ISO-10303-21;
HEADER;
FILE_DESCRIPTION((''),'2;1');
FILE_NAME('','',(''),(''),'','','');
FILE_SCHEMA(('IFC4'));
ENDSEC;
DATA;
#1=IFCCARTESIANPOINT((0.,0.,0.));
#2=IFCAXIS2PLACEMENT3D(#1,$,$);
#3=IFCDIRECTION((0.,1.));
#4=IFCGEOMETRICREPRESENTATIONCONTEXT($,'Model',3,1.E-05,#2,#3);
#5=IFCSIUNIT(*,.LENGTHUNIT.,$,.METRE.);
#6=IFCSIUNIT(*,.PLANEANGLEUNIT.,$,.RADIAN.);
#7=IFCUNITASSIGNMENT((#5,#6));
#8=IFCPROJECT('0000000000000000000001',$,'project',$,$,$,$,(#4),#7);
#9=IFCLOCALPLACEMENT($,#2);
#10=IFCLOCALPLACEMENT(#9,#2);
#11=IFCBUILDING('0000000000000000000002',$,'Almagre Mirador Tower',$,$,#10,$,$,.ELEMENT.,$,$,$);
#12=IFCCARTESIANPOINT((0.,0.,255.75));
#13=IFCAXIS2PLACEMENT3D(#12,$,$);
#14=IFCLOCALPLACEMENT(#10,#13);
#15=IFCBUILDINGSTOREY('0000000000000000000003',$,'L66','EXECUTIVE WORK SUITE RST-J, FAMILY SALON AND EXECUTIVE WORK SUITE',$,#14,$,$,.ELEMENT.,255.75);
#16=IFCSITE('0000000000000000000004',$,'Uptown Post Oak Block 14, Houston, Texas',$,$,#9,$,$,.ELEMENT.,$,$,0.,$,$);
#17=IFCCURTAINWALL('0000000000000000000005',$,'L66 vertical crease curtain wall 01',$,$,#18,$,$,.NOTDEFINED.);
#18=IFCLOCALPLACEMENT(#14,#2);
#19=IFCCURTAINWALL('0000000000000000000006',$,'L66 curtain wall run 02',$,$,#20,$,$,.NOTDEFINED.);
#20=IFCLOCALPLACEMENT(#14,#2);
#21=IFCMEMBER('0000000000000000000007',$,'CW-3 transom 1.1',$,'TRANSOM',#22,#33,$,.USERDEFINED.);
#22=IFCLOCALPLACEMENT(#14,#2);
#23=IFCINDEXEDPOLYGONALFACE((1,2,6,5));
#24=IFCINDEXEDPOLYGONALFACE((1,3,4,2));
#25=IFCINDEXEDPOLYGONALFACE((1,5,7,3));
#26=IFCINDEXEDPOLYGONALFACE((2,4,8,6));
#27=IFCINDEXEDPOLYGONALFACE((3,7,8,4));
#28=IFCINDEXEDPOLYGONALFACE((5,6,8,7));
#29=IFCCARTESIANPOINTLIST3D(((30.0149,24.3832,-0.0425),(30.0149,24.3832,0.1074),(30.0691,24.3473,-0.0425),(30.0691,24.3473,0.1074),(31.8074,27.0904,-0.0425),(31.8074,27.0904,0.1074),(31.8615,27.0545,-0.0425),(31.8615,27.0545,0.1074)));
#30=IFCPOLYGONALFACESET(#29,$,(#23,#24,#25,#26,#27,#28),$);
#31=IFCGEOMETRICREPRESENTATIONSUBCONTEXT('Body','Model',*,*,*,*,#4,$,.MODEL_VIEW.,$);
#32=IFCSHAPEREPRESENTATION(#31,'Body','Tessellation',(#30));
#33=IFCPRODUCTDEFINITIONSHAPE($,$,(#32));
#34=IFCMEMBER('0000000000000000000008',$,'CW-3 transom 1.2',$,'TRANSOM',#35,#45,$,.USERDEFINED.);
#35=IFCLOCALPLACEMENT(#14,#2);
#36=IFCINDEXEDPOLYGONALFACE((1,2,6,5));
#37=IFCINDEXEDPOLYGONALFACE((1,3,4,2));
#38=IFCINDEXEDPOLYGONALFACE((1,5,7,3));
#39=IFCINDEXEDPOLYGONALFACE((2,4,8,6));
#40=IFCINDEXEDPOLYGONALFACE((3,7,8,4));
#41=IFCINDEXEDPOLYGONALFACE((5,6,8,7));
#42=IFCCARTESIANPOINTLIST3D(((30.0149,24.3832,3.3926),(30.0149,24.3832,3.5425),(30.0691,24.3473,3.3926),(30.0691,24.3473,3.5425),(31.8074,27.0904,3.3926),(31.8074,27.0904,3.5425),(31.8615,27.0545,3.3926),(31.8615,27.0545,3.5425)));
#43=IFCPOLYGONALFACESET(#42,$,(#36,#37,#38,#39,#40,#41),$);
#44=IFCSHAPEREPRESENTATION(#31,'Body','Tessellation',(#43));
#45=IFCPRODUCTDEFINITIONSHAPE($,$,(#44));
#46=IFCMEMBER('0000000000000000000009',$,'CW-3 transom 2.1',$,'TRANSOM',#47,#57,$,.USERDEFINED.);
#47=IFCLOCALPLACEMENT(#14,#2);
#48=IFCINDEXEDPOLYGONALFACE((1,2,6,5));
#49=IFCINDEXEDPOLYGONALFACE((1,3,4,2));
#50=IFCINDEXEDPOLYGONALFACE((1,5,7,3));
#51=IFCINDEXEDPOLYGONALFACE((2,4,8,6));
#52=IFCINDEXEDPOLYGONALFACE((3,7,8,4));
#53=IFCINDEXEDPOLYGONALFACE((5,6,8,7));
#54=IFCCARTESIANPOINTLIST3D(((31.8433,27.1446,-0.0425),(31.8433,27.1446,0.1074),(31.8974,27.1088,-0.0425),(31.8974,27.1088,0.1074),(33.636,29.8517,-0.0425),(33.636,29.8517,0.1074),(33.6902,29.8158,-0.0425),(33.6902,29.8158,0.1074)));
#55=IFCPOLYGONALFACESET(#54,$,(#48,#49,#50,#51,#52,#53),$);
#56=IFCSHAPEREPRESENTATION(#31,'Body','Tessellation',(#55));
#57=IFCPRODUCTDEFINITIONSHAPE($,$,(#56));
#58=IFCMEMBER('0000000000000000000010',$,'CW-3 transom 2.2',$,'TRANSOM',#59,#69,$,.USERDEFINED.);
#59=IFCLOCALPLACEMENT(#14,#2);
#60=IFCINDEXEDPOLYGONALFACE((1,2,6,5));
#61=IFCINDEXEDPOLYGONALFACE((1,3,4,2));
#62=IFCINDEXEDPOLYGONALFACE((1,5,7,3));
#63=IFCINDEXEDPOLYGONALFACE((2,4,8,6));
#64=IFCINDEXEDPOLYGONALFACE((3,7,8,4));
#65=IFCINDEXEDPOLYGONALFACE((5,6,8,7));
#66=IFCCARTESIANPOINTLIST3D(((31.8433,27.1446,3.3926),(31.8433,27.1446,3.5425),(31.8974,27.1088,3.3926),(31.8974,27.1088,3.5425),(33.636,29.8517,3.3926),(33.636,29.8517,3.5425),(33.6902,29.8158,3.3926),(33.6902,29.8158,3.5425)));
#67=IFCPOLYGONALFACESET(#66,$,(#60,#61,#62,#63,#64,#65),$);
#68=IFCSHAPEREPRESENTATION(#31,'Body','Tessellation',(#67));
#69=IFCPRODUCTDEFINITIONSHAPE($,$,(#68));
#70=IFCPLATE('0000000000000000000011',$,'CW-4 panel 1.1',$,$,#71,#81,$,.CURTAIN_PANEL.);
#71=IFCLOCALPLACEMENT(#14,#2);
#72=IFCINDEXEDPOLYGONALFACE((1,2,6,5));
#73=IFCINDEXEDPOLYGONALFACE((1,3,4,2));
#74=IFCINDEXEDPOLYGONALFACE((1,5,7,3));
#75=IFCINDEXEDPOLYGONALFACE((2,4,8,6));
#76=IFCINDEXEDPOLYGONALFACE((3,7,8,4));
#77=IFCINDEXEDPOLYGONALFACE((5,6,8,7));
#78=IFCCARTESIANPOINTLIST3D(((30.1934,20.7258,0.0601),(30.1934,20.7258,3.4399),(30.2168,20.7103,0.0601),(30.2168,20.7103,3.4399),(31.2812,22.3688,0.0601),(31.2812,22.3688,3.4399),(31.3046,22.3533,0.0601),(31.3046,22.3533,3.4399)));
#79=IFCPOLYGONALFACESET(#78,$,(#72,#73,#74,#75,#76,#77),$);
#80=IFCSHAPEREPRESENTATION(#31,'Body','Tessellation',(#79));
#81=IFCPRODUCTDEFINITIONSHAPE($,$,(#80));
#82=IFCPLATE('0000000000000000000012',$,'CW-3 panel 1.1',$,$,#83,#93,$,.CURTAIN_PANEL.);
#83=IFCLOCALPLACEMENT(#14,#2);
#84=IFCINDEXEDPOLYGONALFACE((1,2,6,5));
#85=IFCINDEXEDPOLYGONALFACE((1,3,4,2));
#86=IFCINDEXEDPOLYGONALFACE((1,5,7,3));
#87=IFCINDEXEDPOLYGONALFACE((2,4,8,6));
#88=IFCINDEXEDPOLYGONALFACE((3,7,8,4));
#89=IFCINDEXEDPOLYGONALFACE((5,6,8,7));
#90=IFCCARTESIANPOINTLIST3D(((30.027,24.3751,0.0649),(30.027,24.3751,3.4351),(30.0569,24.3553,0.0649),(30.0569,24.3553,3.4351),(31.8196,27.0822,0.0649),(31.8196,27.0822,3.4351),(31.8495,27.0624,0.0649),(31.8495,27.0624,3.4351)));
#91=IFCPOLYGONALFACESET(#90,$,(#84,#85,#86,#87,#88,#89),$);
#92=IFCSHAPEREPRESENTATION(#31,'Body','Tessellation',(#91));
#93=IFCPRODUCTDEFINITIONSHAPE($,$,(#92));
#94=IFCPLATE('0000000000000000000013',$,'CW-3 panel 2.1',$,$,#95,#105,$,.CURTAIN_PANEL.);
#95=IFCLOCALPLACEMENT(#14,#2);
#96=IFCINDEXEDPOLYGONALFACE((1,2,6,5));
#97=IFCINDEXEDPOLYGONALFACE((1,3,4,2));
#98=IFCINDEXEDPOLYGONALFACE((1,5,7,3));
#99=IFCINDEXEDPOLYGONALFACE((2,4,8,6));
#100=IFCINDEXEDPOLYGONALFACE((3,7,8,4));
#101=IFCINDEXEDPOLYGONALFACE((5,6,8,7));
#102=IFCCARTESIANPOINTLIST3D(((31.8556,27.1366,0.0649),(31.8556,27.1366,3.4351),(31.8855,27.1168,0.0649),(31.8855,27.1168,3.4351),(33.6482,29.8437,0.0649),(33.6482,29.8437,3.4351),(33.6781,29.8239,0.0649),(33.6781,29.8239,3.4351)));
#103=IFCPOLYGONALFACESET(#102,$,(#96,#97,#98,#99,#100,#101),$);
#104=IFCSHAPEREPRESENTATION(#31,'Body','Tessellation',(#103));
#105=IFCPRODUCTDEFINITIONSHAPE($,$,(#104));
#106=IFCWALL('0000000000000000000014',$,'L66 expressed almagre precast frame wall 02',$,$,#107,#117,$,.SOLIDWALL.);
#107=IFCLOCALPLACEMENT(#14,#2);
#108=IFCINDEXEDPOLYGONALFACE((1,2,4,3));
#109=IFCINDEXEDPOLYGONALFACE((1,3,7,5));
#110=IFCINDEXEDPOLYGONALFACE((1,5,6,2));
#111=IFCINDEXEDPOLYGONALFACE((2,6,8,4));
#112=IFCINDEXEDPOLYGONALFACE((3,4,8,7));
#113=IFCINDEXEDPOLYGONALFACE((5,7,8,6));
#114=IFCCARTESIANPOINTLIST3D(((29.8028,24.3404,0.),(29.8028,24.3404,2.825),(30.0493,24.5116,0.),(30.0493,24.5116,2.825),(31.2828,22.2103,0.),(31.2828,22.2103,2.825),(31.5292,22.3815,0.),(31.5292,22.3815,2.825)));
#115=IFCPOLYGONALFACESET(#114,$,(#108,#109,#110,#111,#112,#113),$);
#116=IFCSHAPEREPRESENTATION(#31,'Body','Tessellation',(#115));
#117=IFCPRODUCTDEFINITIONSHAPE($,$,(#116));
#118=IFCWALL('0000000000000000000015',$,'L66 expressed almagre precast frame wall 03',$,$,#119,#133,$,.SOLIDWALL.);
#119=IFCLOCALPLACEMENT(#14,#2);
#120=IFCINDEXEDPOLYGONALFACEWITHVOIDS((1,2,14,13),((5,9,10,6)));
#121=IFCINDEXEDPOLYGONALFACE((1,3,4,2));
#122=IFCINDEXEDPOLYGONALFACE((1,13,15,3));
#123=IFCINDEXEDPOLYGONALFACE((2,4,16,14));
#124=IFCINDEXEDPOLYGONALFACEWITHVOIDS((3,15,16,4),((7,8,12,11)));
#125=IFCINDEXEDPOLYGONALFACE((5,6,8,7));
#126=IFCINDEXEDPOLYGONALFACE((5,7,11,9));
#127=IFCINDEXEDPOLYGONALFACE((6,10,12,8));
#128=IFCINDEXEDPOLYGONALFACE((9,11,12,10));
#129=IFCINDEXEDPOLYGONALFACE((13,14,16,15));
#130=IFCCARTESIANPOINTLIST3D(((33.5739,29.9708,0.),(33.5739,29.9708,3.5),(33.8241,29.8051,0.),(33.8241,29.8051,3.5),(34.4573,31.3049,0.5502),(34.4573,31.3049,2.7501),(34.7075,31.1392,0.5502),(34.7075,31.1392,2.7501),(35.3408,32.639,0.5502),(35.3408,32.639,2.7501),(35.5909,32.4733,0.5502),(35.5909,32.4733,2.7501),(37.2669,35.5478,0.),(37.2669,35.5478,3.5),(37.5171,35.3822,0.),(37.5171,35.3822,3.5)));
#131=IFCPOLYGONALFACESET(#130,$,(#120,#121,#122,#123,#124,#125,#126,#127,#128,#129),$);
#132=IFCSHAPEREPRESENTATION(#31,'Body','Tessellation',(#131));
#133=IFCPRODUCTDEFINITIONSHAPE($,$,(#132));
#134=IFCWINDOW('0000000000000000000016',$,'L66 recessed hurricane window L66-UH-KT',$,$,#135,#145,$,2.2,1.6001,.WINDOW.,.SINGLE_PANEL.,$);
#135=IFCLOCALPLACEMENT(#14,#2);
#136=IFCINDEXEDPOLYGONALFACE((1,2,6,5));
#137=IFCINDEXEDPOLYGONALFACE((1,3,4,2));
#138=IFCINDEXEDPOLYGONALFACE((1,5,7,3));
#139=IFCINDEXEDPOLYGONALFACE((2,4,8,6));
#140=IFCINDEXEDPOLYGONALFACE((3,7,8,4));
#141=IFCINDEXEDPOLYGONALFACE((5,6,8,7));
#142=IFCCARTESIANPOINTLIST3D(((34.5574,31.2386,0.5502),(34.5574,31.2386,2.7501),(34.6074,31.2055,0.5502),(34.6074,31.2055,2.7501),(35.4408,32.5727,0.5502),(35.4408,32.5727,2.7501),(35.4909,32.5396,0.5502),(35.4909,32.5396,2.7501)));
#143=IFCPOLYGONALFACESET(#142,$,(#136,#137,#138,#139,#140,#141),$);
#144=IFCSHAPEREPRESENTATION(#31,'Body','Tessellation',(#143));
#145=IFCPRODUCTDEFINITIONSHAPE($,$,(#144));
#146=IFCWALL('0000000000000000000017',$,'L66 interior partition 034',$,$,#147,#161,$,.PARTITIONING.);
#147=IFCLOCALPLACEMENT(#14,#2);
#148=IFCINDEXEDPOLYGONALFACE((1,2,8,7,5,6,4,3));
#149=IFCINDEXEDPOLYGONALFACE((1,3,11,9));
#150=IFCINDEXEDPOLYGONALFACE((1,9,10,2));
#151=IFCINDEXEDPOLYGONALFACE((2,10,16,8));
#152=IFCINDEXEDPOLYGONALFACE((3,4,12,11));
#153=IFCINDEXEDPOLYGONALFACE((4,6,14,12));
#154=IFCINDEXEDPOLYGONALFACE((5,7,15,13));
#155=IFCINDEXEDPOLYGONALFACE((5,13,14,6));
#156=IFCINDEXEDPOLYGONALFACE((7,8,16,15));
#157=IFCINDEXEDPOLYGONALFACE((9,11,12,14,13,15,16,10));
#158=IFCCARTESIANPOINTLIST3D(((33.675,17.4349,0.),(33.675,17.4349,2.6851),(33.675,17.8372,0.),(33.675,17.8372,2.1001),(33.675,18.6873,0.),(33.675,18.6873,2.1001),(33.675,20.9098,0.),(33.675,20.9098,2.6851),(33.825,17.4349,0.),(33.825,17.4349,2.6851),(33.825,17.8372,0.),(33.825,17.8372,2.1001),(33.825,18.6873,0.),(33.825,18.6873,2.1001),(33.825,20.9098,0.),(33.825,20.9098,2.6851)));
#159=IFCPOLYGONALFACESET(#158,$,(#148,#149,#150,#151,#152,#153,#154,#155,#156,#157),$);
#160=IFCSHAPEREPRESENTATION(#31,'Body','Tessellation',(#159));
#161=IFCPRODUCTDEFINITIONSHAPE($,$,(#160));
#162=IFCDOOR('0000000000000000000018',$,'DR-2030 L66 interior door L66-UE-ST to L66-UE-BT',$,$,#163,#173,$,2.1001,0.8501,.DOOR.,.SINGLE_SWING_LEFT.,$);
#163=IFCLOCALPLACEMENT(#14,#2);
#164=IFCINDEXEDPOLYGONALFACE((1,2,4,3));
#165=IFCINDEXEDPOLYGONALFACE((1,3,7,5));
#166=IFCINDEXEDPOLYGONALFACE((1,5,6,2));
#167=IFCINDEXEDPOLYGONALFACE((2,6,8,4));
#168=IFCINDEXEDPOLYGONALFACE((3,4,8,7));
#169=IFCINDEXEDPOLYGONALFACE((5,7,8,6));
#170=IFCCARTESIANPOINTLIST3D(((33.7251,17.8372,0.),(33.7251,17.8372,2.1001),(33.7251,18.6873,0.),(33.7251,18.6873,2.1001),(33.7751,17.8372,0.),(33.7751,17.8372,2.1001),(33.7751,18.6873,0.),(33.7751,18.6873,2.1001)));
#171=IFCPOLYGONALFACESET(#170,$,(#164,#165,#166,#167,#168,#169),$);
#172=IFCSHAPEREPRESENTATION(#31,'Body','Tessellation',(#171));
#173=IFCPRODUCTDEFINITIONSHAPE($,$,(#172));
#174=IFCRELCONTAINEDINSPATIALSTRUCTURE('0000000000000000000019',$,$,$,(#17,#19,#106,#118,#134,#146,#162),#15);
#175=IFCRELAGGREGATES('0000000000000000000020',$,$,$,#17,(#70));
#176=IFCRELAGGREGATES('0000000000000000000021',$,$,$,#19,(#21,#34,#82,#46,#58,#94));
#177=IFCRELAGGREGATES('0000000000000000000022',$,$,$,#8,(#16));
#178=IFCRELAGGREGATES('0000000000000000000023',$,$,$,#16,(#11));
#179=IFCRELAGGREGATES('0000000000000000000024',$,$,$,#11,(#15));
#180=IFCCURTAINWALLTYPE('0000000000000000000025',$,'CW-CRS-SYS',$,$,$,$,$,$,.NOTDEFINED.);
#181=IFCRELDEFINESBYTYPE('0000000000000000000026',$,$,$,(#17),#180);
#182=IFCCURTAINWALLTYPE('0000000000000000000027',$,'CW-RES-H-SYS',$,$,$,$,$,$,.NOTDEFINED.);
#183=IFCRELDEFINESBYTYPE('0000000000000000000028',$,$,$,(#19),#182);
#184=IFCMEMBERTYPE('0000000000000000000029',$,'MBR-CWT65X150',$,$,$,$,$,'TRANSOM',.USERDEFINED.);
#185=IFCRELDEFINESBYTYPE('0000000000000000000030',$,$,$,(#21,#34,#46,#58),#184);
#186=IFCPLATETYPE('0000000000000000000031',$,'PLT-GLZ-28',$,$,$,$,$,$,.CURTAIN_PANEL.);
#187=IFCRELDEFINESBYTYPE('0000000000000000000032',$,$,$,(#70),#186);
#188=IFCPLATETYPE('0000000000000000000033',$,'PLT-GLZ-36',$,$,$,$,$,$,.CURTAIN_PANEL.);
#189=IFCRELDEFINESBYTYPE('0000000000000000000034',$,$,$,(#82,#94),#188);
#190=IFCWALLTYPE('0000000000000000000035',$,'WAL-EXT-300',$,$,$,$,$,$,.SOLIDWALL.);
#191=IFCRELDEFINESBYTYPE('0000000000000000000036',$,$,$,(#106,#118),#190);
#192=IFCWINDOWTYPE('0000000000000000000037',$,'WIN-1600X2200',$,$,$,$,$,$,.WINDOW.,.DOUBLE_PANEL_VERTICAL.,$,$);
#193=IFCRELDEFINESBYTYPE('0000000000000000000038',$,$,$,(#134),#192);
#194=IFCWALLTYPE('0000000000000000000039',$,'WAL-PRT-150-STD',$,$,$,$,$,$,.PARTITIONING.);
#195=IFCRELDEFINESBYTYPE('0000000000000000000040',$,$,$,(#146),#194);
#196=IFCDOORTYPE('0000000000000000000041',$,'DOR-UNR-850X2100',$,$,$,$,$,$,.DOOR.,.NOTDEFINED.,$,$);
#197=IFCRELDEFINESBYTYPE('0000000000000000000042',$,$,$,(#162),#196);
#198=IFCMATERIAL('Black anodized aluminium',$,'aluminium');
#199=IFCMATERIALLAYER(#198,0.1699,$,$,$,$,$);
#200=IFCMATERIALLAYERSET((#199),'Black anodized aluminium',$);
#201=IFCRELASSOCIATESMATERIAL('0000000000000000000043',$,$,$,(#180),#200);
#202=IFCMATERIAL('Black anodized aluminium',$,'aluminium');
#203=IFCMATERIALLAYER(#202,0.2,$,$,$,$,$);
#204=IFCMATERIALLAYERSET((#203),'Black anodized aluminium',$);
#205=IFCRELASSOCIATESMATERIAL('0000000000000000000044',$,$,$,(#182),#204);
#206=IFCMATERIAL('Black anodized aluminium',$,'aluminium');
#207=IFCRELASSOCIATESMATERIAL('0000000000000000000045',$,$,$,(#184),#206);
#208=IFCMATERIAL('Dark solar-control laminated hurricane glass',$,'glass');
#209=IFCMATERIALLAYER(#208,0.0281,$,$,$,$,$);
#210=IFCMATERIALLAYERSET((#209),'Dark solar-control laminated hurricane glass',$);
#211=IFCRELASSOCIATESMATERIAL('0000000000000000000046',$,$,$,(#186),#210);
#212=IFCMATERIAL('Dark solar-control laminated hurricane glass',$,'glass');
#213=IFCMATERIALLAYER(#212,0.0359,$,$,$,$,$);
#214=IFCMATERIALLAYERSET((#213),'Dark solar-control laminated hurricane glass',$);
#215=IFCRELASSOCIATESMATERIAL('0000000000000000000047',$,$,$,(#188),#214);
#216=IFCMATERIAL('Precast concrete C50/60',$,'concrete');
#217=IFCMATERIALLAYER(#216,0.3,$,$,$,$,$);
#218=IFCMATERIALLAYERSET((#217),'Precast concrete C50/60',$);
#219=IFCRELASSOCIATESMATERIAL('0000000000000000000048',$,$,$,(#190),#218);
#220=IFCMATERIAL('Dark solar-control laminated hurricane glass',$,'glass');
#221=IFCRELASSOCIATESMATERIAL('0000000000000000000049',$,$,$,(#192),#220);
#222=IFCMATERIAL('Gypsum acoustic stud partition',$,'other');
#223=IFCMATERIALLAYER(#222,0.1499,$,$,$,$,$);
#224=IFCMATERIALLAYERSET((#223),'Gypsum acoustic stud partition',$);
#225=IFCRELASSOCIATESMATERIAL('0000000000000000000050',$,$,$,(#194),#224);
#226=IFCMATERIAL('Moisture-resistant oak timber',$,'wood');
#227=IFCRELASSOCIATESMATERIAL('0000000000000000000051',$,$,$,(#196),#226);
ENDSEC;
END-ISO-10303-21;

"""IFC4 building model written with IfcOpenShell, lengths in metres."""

from ifc_helpers import new_model, si_unit, direction, frame, frame_2d, origin, origin_2d, place, context, subcontext, project, spatial, rectangle, extrude, material, layer, layer_set, material_profile, profile_set, type_object, element, fill, aggregate, save


model = new_model("IFC4")

# Units and contexts
model_context = context("Model", 3, precision=1e-05, world=origin(), true_north=direction((0.0, 1.0)))
body_context = subcontext(model_context, "Body", "Model", "MODEL_VIEW")
ifc_project = project(units=[si_unit("LENGTHUNIT", "METRE"), si_unit("PLANEANGLEUNIT", "RADIAN")], contexts=[model_context])

# Site, building, storey
site_placement = place(None, origin())
site = spatial("IfcSite", under=ifc_project, at=site_placement, Name="Uptown Post Oak Block 14, Houston, Texas", CompositionType="ELEMENT", RefElevation=0.0)
building_placement = place(site_placement, origin())
building = spatial("IfcBuilding", under=site, at=building_placement, Name="Almagre Mirador Tower", CompositionType="ELEMENT")
storey_placement = place(building_placement, frame((0.0, 0.0, 255.75)))
storey = spatial("IfcBuildingStorey", under=building, at=storey_placement, Name="L66", Description="EXECUTIVE WORK SUITE RST-J, FAMILY SALON AND EXECUTIVE WORK SUITE", CompositionType="ELEMENT", Elevation=255.75)

# Curtain walls
ifc_material_1 = material(Name="Black anodized aluminium", Category="aluminium")
ifc_layer_1 = layer(ifc_material_1, 0.1699)
ifc_layer_set_1 = layer_set([ifc_layer_1], Name="Black anodized aluminium")
curtain_wall_type_1 = type_object("IfcCurtainWallType", Name="CW-CRS-SYS", PredefinedType="NOTDEFINED", material=ifc_layer_set_1)
curtain_wall_1_placement = place(storey_placement, origin())
curtain_wall_1 = element("IfcCurtainWall", 1, at=curtain_wall_1_placement, inside=storey, type_object=curtain_wall_type_1, Name="L66 vertical crease curtain wall 01", PredefinedType="NOTDEFINED")
ifc_material_2 = material(Name="Black anodized aluminium", Category="aluminium")
ifc_layer_2 = layer(ifc_material_2, 0.2)
ifc_layer_set_2 = layer_set([ifc_layer_2], Name="Black anodized aluminium")
curtain_wall_type_2 = type_object("IfcCurtainWallType", Name="CW-RES-H-SYS", PredefinedType="NOTDEFINED", material=ifc_layer_set_2)
curtain_wall_2_placement = place(storey_placement, origin())
curtain_wall_2 = element("IfcCurtainWall", 2, at=curtain_wall_2_placement, inside=storey, type_object=curtain_wall_type_2, Name="L66 curtain wall run 02", PredefinedType="NOTDEFINED")

# Members
ifc_material_3 = material(Name="Black anodized aluminium", Category="aluminium")
ifc_material_profile_1 = material_profile(ifc_material_3, rectangle(XDim=0.0649, YDim=0.1499, at=origin_2d()), Name="CWT65X150")
ifc_profile_set_1 = profile_set([ifc_material_profile_1], Name="Black anodized aluminium")
member_type_1 = type_object("IfcMemberType", Name="MBR-CWT65X150", ElementType="TRANSOM", PredefinedType="USERDEFINED", material=ifc_profile_set_1)
member_1_placement = place(storey_placement, frame((30.042, 24.3652, 0.0325), z_axis=(0.55206, 0.833804, 0.0), x_axis=(-0.833804, 0.55206, 0.0)))
member_1 = element("IfcMember", 3, at=member_1_placement, type_object=member_type_1, Name="CW-3 transom 1.1", ObjectType="TRANSOM", PredefinedType="USERDEFINED", context=body_context, shape_type="SweptSolid", body=[
    extrude(rectangle(XDim=0.0649, YDim=0.1499, at=origin_2d()), origin(), (0.0, 0.0, 1.0), 3.2468),
])
member_2_placement = place(storey_placement, frame((30.042, 24.3652, 3.4675), z_axis=(0.55206, 0.833804, 0.0), x_axis=(-0.833804, 0.55206, 0.0)))
member_2 = element("IfcMember", 4, at=member_2_placement, type_object=member_type_1, Name="CW-3 transom 1.2", ObjectType="TRANSOM", PredefinedType="USERDEFINED", context=body_context, shape_type="SweptSolid", body=[
    extrude(rectangle(XDim=0.0649, YDim=0.1499, at=origin_2d()), origin(), (0.0, 0.0, 1.0), 3.2468),
])
member_3_placement = place(storey_placement, frame((31.8704, 27.1267, 0.0325), z_axis=(0.552147, 0.833747, 0.0), x_axis=(-0.833747, 0.552147, 0.0)))
member_3 = element("IfcMember", 5, at=member_3_placement, type_object=member_type_1, Name="CW-3 transom 2.1", ObjectType="TRANSOM", PredefinedType="USERDEFINED", context=body_context, shape_type="SweptSolid", body=[
    extrude(rectangle(XDim=0.0649, YDim=0.1499, at=origin_2d()), origin(), (0.0, 0.0, 1.0), 3.2468),
])
member_4_placement = place(storey_placement, frame((31.8704, 27.1267, 3.4675), z_axis=(0.552147, 0.833747, 0.0), x_axis=(-0.833747, 0.552147, 0.0)))
member_4 = element("IfcMember", 6, at=member_4_placement, type_object=member_type_1, Name="CW-3 transom 2.2", ObjectType="TRANSOM", PredefinedType="USERDEFINED", context=body_context, shape_type="SweptSolid", body=[
    extrude(rectangle(XDim=0.0649, YDim=0.1499, at=origin_2d()), origin(), (0.0, 0.0, 1.0), 3.2468),
])

# Plates
ifc_material_4 = material(Name="Dark solar-control laminated hurricane glass", Category="glass")
ifc_layer_3 = layer(ifc_material_4, 0.0281)
ifc_layer_set_3 = layer_set([ifc_layer_3], Name="Dark solar-control laminated hurricane glass")
plate_type_1 = type_object("IfcPlateType", Name="PLT-GLZ-28", PredefinedType="CURTAIN_PANEL", material=ifc_layer_set_3)
plate_1_placement = place(storey_placement, frame((30.749, 21.5396, 0.0601), z_axis=(0.0, 0.0, 1.0), x_axis=(0.552048, 0.833812, 0.0)))
plate_1 = element("IfcPlate", 7, at=plate_1_placement, type_object=plate_type_1, Name="CW-4 panel 1.1", PredefinedType="CURTAIN_PANEL", context=body_context, shape_type="SweptSolid", body=[
    extrude(rectangle(XDim=1.9705, YDim=0.0281, at=origin_2d()), origin(), (0.0, 0.0, 1.0), 3.3799),
])
aggregate(curtain_wall_1, [plate_1])
ifc_material_5 = material(Name="Dark solar-control laminated hurricane glass", Category="glass")
ifc_layer_4 = layer(ifc_material_5, 0.0359)
ifc_layer_set_4 = layer_set([ifc_layer_4], Name="Dark solar-control laminated hurricane glass")
plate_type_2 = type_object("IfcPlateType", Name="PLT-GLZ-36", PredefinedType="CURTAIN_PANEL", material=ifc_layer_set_4)
plate_2_placement = place(storey_placement, frame((30.9382, 25.7188, 0.0649), z_axis=(0.0, 0.0, 1.0), x_axis=(0.55211, 0.833771, 0.0)))
plate_2 = element("IfcPlate", 8, at=plate_2_placement, type_object=plate_type_2, Name="CW-3 panel 1.1", PredefinedType="CURTAIN_PANEL", context=body_context, shape_type="SweptSolid", body=[
    extrude(rectangle(XDim=3.2468, YDim=0.0359, at=origin_2d()), origin(), (0.0, 0.0, 1.0), 3.3701),
])
plate_3_placement = place(storey_placement, frame((32.7668, 28.4802, 0.0649), z_axis=(0.0, 0.0, 1.0), x_axis=(0.55211, 0.833771, 0.0)))
plate_3 = element("IfcPlate", 9, at=plate_3_placement, type_object=plate_type_2, Name="CW-3 panel 2.1", PredefinedType="CURTAIN_PANEL", context=body_context, shape_type="SweptSolid", body=[
    extrude(rectangle(XDim=3.2468, YDim=0.0359, at=origin_2d()), origin(), (0.0, 0.0, 1.0), 3.3701),
])
aggregate(curtain_wall_2, [member_1, member_2, plate_2, member_3, member_4, plate_3])

# Wall
ifc_material_6 = material(Name="Precast concrete C50/60", Category="concrete")
ifc_layer_5 = layer(ifc_material_6, 0.3)
ifc_layer_set_5 = layer_set([ifc_layer_5], Name="Precast concrete C50/60")
wall_type_1 = type_object("IfcWallType", Name="WAL-EXT-300", PredefinedType="SOLIDWALL", material=ifc_layer_set_5)
wall_1_placement = place(storey_placement, frame((31.406, 22.2959, 0.0), z_axis=(0.0, 0.0, 1.0), x_axis=(-0.570585, 0.821239, 0.0)))
element("IfcWall", 10, at=wall_1_placement, inside=storey, type_object=wall_type_1, Name="L66 expressed almagre precast frame wall 02", PredefinedType="SOLIDWALL", context=body_context, shape_type="SweptSolid", body=[
    extrude(rectangle(XDim=2.5938, YDim=0.3, at=frame_2d((1.2969, 0.0))), origin(), (0.0, 0.0, 1.0), 2.825),
])

# Wall, opening, window
wall_2_placement = place(storey_placement, frame((33.699, 29.8879, 0.0), z_axis=(0.0, 0.0, 1.0), x_axis=(0.552112, 0.83377, 0.0)))
wall_2 = element("IfcWall", 11, at=wall_2_placement, inside=storey, type_object=wall_type_1, Name="L66 expressed almagre precast frame wall 03", PredefinedType="SOLIDWALL", context=body_context, shape_type="SweptSolid", body=[
    extrude(rectangle(XDim=6.689, YDim=0.3, at=frame_2d((3.3445, 0.0))), origin(), (0.0, 0.0, 1.0), 3.5),
])
opening_1_placement = place(wall_2_placement, frame((1.6001, 0.0, 0.55)))
opening_1 = element("IfcOpeningElement", 12, at=opening_1_placement, cuts=wall_2, PredefinedType="OPENING", context=body_context, shape_type="SweptSolid", body=[
    extrude(rectangle(XDim=1.6001, YDim=2.2, at=frame_2d((0.8, 1.1001))), frame((0.0, 0.1599, 0.0), z_axis=(0.0, -1.0, 0.0), x_axis=(1.0, 0.0, 0.0)), (0.0, 0.0, 1.0), 0.32),
])
ifc_material_7 = material(Name="Dark solar-control laminated hurricane glass", Category="glass")
window_type = type_object("IfcWindowType", Name="WIN-1600X2200", PartitioningType="DOUBLE_PANEL_VERTICAL", PredefinedType="WINDOW", material=ifc_material_7)
window_placement = place(opening_1_placement, origin())
window = element("IfcWindow", 13, at=window_placement, inside=storey, type_object=window_type, Name="L66 recessed hurricane window L66-UH-KT", OverallHeight=2.2, OverallWidth=1.6001, PartitioningType="SINGLE_PANEL", PredefinedType="WINDOW", context=body_context, shape_type="SweptSolid", body=[
    extrude(rectangle(XDim=1.6001, YDim=2.2, at=frame_2d((0.8, 1.1001))), frame((0.0, 0.03, 0.0), z_axis=(0.0, -1.0, 0.0), x_axis=(1.0, 0.0, 0.0)), (0.0, 0.0, 1.0), 0.0601),
])
fill(opening_1, window)

# Wall, opening, door
ifc_material_8 = material(Name="Gypsum acoustic stud partition", Category="other")
ifc_layer_6 = layer(ifc_material_8, 0.1499)
ifc_layer_set_6 = layer_set([ifc_layer_6], Name="Gypsum acoustic stud partition")
wall_type_2 = type_object("IfcWallType", Name="WAL-PRT-150-STD", PredefinedType="PARTITIONING", material=ifc_layer_set_6)
wall_3_placement = place(storey_placement, frame((33.75, 17.4351, 0.0), z_axis=(0.0, 0.0, 1.0), x_axis=(0.0, 1.0, 0.0)))
wall_3 = element("IfcWall", 14, at=wall_3_placement, inside=storey, type_object=wall_type_2, Name="L66 interior partition 034", PredefinedType="PARTITIONING", context=body_context, shape_type="SweptSolid", body=[
    extrude(rectangle(XDim=3.4749, YDim=0.1499, at=frame_2d((1.7373, 0.0))), origin(), (0.0, 0.0, 1.0), 2.6851),
])
opening_2_placement = place(wall_3_placement, frame((0.4021, 0.0, 0.0)))
opening_2 = element("IfcOpeningElement", 15, at=opening_2_placement, cuts=wall_3, PredefinedType="OPENING", context=body_context, shape_type="SweptSolid", body=[
    extrude(rectangle(XDim=0.8501, YDim=2.1001, at=frame_2d((0.425, 1.05))), frame((0.0, 0.085, 0.0), z_axis=(0.0, -1.0, 0.0), x_axis=(1.0, 0.0, 0.0)), (0.0, 0.0, 1.0), 0.1699),
])
ifc_material_9 = material(Name="Moisture-resistant oak timber", Category="wood")
door_type = type_object("IfcDoorType", Name="DOR-UNR-850X2100", OperationType="NOTDEFINED", PredefinedType="DOOR", material=ifc_material_9)
door_placement = place(opening_2_placement, origin())
door = element("IfcDoor", 16, at=door_placement, inside=storey, type_object=door_type, Name="DR-2030 L66 interior door L66-UE-ST to L66-UE-BT", OperationType="SINGLE_SWING_LEFT", OverallHeight=2.1001, OverallWidth=0.8501, PredefinedType="DOOR", context=body_context, shape_type="SweptSolid", body=[
    extrude(rectangle(XDim=0.8501, YDim=2.1001, at=frame_2d((0.425, 1.05))), frame((0.0, 0.0249, 0.0), z_axis=(0.0, -1.0, 0.0), x_axis=(1.0, 0.0, 0.0)), (0.0, 0.0, 1.0), 0.05),
])
fill(opening_2, door)

save(model, "model.ifc")
